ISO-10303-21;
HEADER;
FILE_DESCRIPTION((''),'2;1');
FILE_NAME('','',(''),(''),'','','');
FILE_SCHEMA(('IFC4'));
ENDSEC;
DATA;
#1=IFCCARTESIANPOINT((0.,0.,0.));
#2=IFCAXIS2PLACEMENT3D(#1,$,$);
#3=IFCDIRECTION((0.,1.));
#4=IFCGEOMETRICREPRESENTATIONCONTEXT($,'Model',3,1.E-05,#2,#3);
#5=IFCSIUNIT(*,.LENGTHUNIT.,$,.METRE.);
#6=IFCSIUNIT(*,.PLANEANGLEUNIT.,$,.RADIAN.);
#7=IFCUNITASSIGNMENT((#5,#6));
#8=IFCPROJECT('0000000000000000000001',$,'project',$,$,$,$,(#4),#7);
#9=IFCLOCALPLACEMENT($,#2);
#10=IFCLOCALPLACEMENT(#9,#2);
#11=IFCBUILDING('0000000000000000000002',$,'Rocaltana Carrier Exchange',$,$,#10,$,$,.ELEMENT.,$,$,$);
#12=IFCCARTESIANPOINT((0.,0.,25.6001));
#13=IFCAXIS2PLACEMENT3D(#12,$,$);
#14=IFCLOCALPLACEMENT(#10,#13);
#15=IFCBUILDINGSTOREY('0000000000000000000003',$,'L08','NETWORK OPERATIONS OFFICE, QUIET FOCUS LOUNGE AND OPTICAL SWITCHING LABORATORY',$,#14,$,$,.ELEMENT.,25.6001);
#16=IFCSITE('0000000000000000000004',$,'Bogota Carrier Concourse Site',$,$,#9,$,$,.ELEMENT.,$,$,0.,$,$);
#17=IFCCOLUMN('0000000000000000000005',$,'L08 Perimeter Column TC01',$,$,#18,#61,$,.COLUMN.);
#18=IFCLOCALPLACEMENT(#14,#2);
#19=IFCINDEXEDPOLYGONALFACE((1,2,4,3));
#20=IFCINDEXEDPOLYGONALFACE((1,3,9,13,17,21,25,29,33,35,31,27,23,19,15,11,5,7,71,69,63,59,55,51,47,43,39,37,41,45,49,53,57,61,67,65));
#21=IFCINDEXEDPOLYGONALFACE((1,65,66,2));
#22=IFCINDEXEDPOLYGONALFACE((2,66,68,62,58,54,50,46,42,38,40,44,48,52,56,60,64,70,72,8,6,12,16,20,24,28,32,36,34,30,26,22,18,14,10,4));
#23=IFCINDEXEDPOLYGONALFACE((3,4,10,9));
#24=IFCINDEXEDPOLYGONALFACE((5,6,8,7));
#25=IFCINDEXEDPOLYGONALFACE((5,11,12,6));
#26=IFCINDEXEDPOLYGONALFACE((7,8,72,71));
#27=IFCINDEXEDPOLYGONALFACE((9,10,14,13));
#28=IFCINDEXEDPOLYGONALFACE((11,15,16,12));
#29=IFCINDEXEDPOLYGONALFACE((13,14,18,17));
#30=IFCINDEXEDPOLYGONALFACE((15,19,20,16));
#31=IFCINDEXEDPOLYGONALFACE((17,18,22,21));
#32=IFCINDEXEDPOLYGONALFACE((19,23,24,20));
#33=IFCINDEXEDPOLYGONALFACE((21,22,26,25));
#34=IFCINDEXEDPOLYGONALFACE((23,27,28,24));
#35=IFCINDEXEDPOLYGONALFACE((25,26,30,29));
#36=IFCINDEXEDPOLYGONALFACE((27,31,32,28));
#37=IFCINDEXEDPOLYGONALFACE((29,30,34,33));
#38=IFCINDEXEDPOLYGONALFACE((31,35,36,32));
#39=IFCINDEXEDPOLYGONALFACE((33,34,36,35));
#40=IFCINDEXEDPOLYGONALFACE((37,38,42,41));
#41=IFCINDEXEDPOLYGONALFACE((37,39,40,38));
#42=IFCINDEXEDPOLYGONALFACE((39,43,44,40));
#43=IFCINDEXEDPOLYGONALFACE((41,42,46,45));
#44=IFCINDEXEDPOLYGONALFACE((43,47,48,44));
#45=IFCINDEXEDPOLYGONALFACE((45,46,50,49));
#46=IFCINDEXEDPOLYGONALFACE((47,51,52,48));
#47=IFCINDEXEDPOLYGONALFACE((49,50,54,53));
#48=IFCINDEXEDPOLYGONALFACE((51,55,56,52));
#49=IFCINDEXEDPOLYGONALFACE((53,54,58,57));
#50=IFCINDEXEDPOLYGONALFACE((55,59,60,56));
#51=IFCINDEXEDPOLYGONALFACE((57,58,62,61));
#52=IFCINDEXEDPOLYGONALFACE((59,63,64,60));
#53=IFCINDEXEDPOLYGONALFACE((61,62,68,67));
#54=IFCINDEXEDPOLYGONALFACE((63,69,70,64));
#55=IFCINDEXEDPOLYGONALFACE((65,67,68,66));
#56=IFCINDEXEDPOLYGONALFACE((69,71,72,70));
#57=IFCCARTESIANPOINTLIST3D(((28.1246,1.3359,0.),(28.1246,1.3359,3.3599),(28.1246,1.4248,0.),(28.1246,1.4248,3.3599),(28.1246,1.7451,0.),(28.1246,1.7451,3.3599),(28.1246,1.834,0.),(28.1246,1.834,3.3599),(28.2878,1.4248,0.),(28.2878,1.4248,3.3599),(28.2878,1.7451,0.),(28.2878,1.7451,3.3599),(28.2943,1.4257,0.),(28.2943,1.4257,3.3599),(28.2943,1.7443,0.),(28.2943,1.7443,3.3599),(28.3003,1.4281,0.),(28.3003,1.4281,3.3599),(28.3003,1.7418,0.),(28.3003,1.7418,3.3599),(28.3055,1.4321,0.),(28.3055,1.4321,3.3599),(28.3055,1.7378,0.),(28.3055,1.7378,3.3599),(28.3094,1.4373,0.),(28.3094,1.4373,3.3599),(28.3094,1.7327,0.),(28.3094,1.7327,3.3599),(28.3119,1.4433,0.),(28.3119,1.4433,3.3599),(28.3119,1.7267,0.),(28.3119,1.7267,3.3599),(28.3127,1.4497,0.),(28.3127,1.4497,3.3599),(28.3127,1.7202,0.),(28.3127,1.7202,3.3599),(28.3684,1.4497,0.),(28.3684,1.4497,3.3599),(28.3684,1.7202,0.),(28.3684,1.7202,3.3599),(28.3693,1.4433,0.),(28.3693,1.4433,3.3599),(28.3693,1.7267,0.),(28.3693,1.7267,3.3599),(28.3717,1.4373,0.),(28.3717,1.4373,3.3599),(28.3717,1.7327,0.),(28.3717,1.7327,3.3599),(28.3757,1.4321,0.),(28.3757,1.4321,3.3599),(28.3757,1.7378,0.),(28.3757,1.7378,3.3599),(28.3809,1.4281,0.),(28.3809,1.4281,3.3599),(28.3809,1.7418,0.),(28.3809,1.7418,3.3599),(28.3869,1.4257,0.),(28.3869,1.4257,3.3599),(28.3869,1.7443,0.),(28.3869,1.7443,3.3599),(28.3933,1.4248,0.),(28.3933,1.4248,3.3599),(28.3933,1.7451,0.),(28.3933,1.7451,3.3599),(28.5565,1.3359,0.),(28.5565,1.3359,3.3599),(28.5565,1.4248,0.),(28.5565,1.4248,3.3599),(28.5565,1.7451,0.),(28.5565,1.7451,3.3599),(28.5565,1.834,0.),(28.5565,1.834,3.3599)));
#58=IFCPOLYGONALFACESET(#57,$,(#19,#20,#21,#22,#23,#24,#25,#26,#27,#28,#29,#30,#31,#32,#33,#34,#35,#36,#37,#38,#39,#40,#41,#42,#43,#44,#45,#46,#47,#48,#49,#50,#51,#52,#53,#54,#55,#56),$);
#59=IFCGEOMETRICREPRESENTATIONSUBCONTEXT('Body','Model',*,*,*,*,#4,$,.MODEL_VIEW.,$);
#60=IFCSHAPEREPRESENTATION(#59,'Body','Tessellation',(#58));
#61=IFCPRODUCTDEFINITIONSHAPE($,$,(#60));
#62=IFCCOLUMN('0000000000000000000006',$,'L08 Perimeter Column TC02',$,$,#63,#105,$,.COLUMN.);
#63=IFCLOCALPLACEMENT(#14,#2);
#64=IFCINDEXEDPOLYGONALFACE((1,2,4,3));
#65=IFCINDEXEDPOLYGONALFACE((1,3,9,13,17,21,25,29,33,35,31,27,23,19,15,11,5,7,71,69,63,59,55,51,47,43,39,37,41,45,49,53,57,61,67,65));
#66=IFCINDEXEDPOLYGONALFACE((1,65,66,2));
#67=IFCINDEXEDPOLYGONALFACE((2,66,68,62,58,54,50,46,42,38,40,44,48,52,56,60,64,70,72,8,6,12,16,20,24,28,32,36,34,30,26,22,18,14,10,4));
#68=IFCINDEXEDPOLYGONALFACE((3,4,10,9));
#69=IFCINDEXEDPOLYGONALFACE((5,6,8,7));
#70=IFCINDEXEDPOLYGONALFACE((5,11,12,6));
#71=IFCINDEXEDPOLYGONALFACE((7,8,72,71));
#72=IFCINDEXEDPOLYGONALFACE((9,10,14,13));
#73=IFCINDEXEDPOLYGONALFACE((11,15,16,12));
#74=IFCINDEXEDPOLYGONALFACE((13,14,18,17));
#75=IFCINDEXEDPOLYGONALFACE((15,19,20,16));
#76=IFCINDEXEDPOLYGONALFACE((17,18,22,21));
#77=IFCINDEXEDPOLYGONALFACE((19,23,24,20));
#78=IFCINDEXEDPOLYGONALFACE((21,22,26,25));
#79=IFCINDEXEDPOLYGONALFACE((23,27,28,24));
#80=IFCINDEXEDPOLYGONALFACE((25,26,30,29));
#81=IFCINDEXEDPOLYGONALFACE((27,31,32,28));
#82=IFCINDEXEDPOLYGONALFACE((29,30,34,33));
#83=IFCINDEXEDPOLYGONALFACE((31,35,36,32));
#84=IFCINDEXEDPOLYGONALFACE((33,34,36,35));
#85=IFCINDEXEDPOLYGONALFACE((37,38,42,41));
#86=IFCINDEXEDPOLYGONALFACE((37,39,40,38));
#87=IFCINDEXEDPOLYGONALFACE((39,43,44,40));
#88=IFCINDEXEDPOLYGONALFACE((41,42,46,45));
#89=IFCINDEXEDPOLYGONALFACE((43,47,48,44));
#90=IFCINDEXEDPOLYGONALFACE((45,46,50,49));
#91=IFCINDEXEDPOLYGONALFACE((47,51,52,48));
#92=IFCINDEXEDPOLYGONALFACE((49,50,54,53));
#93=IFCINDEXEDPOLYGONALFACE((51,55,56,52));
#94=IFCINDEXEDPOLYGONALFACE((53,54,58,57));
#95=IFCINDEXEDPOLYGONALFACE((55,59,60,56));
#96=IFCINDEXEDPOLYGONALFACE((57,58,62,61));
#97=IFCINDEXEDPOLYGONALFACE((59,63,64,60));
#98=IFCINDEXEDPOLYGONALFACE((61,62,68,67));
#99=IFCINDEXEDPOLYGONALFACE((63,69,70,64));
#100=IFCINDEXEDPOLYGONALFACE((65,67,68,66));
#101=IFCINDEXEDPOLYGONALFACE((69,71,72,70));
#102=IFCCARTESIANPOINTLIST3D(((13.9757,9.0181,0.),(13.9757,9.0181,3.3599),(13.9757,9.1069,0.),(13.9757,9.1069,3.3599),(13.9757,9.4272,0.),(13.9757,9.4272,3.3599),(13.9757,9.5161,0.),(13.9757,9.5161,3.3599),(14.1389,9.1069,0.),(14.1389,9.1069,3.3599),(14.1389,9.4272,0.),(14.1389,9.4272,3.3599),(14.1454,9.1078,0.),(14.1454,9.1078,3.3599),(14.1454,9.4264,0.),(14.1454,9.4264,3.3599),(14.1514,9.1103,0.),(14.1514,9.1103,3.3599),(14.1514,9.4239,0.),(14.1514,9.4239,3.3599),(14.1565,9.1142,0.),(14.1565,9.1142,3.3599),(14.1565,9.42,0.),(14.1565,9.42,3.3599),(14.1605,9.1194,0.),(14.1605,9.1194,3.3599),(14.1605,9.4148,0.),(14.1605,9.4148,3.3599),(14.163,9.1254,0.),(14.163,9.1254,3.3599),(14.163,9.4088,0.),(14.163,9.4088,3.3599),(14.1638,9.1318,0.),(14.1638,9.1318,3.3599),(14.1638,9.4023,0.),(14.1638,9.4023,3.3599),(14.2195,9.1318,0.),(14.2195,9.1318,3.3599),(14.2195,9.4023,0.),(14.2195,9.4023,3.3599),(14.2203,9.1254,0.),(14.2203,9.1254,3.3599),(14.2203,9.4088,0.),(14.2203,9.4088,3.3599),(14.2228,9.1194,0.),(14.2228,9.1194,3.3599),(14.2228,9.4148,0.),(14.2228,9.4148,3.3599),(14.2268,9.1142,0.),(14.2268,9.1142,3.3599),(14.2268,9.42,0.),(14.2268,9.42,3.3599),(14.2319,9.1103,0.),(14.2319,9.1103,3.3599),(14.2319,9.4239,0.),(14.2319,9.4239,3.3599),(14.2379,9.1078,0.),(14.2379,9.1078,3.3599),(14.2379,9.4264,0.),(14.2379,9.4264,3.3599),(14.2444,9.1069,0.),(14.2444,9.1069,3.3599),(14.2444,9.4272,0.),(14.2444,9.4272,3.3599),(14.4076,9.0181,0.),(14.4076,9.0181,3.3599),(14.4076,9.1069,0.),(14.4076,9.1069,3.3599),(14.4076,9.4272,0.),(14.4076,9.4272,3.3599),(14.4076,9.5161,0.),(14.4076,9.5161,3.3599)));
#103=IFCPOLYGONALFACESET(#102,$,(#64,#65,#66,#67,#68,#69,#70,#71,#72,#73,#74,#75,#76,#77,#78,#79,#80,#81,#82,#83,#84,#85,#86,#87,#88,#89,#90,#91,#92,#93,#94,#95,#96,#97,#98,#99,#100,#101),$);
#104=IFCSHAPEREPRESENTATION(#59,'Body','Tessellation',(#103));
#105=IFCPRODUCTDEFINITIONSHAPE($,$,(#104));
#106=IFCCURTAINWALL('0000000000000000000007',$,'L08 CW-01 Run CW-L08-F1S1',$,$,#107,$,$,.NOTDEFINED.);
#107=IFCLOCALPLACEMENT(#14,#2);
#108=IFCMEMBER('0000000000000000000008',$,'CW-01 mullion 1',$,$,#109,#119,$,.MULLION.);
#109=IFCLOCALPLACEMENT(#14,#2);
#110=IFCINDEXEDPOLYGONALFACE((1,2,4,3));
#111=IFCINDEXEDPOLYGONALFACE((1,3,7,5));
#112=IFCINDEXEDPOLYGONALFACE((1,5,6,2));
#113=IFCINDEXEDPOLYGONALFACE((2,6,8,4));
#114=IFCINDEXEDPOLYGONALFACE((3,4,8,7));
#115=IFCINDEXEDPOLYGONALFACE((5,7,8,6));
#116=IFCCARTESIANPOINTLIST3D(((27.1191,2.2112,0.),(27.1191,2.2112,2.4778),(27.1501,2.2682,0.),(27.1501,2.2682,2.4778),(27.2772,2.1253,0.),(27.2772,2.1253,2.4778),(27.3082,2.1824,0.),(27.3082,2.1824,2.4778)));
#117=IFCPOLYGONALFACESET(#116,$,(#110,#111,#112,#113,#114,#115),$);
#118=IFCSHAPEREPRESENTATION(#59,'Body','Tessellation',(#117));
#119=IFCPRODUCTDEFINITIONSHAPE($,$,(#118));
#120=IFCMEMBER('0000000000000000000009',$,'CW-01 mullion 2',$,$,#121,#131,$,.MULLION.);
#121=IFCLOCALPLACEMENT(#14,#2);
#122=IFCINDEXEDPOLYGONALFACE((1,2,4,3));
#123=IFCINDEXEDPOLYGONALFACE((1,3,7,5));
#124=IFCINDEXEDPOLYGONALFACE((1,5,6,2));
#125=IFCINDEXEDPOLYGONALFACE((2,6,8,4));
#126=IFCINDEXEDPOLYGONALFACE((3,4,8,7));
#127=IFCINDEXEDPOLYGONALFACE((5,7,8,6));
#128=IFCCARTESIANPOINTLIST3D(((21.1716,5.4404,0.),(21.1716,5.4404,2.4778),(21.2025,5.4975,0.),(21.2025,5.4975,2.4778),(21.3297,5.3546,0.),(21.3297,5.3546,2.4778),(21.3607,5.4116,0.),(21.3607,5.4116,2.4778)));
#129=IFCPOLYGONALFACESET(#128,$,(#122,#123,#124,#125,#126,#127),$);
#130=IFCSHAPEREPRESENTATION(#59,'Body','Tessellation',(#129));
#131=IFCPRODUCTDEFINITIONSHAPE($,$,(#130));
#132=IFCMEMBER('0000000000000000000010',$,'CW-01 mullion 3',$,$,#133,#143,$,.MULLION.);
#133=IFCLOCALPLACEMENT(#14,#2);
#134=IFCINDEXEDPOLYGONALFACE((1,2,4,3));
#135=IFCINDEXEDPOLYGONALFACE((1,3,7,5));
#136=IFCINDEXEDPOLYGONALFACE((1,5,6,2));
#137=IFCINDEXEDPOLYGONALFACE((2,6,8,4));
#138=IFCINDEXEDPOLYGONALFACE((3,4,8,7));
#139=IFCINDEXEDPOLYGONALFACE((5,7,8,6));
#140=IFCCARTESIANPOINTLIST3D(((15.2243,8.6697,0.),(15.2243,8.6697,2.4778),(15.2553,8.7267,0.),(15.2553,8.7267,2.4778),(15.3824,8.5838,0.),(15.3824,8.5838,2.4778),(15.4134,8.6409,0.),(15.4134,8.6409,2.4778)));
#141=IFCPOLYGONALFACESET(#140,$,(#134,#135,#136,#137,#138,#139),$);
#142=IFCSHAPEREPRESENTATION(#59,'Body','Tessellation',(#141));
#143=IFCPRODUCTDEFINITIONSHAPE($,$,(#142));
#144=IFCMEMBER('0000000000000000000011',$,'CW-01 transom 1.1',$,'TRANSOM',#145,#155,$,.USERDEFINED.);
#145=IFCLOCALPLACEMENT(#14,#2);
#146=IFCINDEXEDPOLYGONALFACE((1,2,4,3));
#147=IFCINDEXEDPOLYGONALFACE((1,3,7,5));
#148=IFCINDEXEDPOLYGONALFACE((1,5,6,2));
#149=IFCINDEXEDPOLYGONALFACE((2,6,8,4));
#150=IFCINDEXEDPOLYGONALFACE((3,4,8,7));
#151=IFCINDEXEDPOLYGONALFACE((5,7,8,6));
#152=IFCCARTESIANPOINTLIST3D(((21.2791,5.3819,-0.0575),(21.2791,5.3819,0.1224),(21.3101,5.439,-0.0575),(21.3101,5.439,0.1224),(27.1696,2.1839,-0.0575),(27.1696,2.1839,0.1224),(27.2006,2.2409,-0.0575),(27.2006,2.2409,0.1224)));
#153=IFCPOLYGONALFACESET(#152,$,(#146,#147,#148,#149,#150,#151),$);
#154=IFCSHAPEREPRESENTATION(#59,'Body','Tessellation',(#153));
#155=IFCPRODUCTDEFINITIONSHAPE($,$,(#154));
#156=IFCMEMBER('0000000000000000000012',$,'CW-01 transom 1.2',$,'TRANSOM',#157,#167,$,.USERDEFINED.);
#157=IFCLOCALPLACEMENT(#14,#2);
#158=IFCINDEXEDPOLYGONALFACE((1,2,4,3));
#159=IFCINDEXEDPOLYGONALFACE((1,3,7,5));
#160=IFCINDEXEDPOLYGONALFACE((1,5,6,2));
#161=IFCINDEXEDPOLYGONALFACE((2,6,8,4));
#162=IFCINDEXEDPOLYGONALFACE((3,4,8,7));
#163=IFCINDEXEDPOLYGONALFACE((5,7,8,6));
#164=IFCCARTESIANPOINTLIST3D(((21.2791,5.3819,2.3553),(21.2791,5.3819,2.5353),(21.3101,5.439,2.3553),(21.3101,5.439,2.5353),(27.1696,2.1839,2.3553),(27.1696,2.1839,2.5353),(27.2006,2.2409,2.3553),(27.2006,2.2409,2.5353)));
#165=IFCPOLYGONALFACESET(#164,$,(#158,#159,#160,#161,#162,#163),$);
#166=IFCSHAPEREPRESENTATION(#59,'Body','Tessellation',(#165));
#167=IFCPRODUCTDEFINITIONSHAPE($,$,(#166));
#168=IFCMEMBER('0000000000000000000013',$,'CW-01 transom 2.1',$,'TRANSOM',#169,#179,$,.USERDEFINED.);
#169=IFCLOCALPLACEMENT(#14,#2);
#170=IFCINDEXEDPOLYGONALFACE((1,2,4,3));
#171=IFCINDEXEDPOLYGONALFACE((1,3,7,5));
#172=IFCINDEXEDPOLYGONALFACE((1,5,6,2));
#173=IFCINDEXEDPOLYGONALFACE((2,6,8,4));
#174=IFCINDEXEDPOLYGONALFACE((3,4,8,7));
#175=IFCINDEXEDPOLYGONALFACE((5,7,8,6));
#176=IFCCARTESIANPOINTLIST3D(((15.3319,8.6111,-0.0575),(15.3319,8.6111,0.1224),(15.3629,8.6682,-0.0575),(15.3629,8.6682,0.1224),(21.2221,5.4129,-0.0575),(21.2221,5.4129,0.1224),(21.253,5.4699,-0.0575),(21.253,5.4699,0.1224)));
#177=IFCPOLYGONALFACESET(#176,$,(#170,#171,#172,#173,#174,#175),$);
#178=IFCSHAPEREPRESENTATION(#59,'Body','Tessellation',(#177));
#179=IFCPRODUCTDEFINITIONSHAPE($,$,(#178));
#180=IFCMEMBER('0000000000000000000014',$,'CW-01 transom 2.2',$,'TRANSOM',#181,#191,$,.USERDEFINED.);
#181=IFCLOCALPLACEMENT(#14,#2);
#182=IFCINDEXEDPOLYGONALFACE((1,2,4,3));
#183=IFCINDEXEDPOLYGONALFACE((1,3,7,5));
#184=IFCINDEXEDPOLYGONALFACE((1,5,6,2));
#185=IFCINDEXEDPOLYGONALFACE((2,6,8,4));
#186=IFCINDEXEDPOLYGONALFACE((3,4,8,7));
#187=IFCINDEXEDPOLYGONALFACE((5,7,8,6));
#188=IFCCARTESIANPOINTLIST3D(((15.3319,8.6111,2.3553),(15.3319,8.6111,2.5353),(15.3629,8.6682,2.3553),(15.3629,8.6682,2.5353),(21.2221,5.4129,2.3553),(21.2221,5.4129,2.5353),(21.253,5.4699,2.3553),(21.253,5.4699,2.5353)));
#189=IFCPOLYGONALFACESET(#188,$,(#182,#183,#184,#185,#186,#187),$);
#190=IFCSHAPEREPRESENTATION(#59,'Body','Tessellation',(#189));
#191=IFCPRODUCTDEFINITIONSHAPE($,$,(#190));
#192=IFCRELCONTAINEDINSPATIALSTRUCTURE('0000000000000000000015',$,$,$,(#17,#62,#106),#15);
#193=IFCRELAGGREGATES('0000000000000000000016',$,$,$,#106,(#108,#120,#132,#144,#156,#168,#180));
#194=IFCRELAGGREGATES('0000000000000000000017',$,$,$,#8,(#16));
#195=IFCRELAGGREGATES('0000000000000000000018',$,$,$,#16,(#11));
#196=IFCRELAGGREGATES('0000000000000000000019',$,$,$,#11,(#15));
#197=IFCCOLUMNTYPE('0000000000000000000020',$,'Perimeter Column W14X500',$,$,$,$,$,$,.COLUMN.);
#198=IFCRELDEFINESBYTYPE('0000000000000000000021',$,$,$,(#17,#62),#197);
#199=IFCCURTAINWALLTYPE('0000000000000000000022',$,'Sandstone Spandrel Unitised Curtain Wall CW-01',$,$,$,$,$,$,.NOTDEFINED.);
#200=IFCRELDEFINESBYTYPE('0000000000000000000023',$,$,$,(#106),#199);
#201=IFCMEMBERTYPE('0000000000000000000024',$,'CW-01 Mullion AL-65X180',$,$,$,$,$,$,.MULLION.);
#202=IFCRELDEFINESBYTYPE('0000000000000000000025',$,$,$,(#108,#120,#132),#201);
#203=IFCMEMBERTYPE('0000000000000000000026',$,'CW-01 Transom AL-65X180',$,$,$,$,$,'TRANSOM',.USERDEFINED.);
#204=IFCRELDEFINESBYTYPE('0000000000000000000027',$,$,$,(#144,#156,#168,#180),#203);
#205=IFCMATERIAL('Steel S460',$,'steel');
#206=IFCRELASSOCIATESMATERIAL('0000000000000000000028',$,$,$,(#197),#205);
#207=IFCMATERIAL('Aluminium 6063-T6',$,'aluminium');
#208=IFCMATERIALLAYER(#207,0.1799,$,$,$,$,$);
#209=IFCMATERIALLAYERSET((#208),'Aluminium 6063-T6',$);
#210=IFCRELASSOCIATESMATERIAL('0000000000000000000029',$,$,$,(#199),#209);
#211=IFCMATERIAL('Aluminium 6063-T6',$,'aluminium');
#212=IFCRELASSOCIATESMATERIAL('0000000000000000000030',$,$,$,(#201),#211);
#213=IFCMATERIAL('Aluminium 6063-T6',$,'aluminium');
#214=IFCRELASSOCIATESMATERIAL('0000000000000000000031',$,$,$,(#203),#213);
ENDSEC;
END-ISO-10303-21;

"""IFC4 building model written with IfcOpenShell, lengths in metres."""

from ifc_helpers import new_model, si_unit, direction, frame, origin, origin_2d, place, context, subcontext, project, spatial, rectangle, i_section, extrude, material, layer, layer_set, material_profile, profile_set, type_object, element, aggregate, save


model = new_model("IFC4")

# Units and contexts
model_context = context("Model", 3, precision=1e-05, world=origin(), true_north=direction((0.0, 1.0)))
body_context = subcontext(model_context, "Body", "Model", "MODEL_VIEW")
ifc_project = project(units=[si_unit("LENGTHUNIT", "METRE"), si_unit("PLANEANGLEUNIT", "RADIAN")], contexts=[model_context])

# Site, building, storey
site_placement = place(None, origin())
site = spatial("IfcSite", under=ifc_project, at=site_placement, Name="Bogota Carrier Concourse Site", CompositionType="ELEMENT", RefElevation=0.0)
building_placement = place(site_placement, origin())
building = spatial("IfcBuilding", under=site, at=building_placement, Name="Rocaltana Carrier Exchange", CompositionType="ELEMENT")
storey_placement = place(building_placement, frame((0.0, 0.0, 25.6001)))
storey = spatial("IfcBuildingStorey", under=building, at=storey_placement, Name="L08", Description="NETWORK OPERATIONS OFFICE, QUIET FOCUS LOUNGE AND OPTICAL SWITCHING LABORATORY", CompositionType="ELEMENT", Elevation=25.6001)

# Columns
ifc_material_1 = material(Name="Steel S460", Category="steel")
ifc_material_profile_1 = material_profile(ifc_material_1, i_section(OverallWidth=0.4319, OverallDepth=0.498, WebThickness=0.0557, FlangeThickness=0.0889, FilletRadius=0.0249, at=origin_2d()), Name="W14X500")
ifc_profile_set_1 = profile_set([ifc_material_profile_1], Name="Steel S460")
column_type = type_object("IfcColumnType", Name="Perimeter Column W14X500", PredefinedType="COLUMN", material=ifc_profile_set_1)
for number, where, z_axis, x_axis, name in (
    (1, (28.3406, 1.585, 0.0), (0.0, 0.0, 1.0), (1.0, 0.0, 0.0), "L08 Perimeter Column TC01"),
    (2, (14.1917, 9.2671, 0.0), (0.0, 0.0, 1.0), (1.0, 0.0, 0.0), "L08 Perimeter Column TC02"),
):
    element("IfcColumn", number, at=place(storey_placement, frame(where, z_axis=z_axis, x_axis=x_axis)), inside=storey, type_object=column_type, Name=name, PredefinedType="COLUMN", context=body_context, shape_type="SweptSolid", body=[
        extrude(i_section(OverallWidth=0.4319, OverallDepth=0.498, WebThickness=0.0557, FlangeThickness=0.0889, FilletRadius=0.0249, at=origin_2d()), origin(), (0.0, 0.0, 1.0), 3.3599),
    ])

# Curtain wall, members
ifc_material_2 = material(Name="Aluminium 6063-T6", Category="aluminium")
ifc_layer_1 = layer(ifc_material_2, 0.1799)
ifc_layer_set_1 = layer_set([ifc_layer_1], Name="Aluminium 6063-T6")
curtain_wall_type = type_object("IfcCurtainWallType", Name="Sandstone Spandrel Unitised Curtain Wall CW-01", PredefinedType="NOTDEFINED", material=ifc_layer_set_1)
curtain_wall_placement = place(storey_placement, origin())
curtain_wall = element("IfcCurtainWall", 3, at=curtain_wall_placement, inside=storey, type_object=curtain_wall_type, Name="L08 CW-01 Run CW-L08-F1S1", PredefinedType="NOTDEFINED")
ifc_material_3 = material(Name="Aluminium 6063-T6", Category="aluminium")
ifc_material_profile_2 = material_profile(ifc_material_3, rectangle(XDim=0.0649, YDim=0.1799, at=origin_2d()), Name="AL-65X180")
ifc_profile_set_2 = profile_set([ifc_material_profile_2], Name="Aluminium 6063-T6")
member_type_1 = type_object("IfcMemberType", Name="CW-01 Mullion AL-65X180", PredefinedType="MULLION", material=ifc_profile_set_2)
member_1_placement = place(storey_placement, frame((27.2136, 2.1968, 0.0), z_axis=(0.0, 0.0, 1.0), x_axis=(-0.477161, -0.878816, 0.0)))
member_1 = element("IfcMember", 4, at=member_1_placement, type_object=member_type_1, Name="CW-01 mullion 1", PredefinedType="MULLION", context=body_context, shape_type="SweptSolid", body=[
    extrude(rectangle(XDim=0.0649, YDim=0.1799, at=origin_2d()), origin(), (0.0, 0.0, 1.0), 2.4778),
])
member_2_placement = place(storey_placement, frame((21.2661, 5.426, 0.0), z_axis=(0.0, 0.0, 1.0), x_axis=(-0.477161, -0.878816, 0.0)))
member_2 = element("IfcMember", 5, at=member_2_placement, type_object=member_type_1, Name="CW-01 mullion 2", PredefinedType="MULLION", context=body_context, shape_type="SweptSolid", body=[
    extrude(rectangle(XDim=0.0649, YDim=0.1799, at=origin_2d()), origin(), (0.0, 0.0, 1.0), 2.4778),
])
member_3_placement = place(storey_placement, frame((15.3188, 8.6553, 0.0), z_axis=(0.0, 0.0, 1.0), x_axis=(-0.477161, -0.878816, 0.0)))
member_3 = element("IfcMember", 6, at=member_3_placement, type_object=member_type_1, Name="CW-01 mullion 3", PredefinedType="MULLION", context=body_context, shape_type="SweptSolid", body=[
    extrude(rectangle(XDim=0.0649, YDim=0.1799, at=origin_2d()), origin(), (0.0, 0.0, 1.0), 2.4778),
])
ifc_material_4 = material(Name="Aluminium 6063-T6", Category="aluminium")
ifc_material_profile_3 = material_profile(ifc_material_4, rectangle(XDim=0.0649, YDim=0.1799, at=origin_2d()), Name="AL-65X180")
ifc_profile_set_3 = profile_set([ifc_material_profile_3], Name="Aluminium 6063-T6")
member_type_2 = type_object("IfcMemberType", Name="CW-01 Transom AL-65X180", ElementType="TRANSOM", PredefinedType="USERDEFINED", material=ifc_profile_set_3)
member_4_placement = place(storey_placement, frame((27.1851, 2.2124, 0.0325), z_axis=(-0.878831, 0.477134, 0.0), x_axis=(-0.477134, -0.878831, 0.0)))
member_4 = element("IfcMember", 7, at=member_4_placement, type_object=member_type_2, Name="CW-01 transom 1.1", ObjectType="TRANSOM", PredefinedType="USERDEFINED", context=body_context, shape_type="SweptSolid", body=[
    extrude(rectangle(XDim=0.0649, YDim=0.1799, at=origin_2d()), origin(), (0.0, 0.0, 1.0), 6.7026),
])
member_5_placement = place(storey_placement, frame((27.1851, 2.2124, 2.4453), z_axis=(-0.878831, 0.477134, 0.0), x_axis=(-0.477134, -0.878831, 0.0)))
member_5 = element("IfcMember", 8, at=member_5_placement, type_object=member_type_2, Name="CW-01 transom 1.2", ObjectType="TRANSOM", PredefinedType="USERDEFINED", context=body_context, shape_type="SweptSolid", body=[
    extrude(rectangle(XDim=0.0649, YDim=0.1799, at=origin_2d()), origin(), (0.0, 0.0, 1.0), 6.7026),
])
member_6_placement = place(storey_placement, frame((21.2375, 5.4414, 0.0325), z_axis=(-0.878807, 0.477177, 0.0), x_axis=(-0.477177, -0.878807, 0.0)))
member_6 = element("IfcMember", 9, at=member_6_placement, type_object=member_type_2, Name="CW-01 transom 2.1", ObjectType="TRANSOM", PredefinedType="USERDEFINED", context=body_context, shape_type="SweptSolid", body=[
    extrude(rectangle(XDim=0.0649, YDim=0.1799, at=origin_2d()), origin(), (0.0, 0.0, 1.0), 6.7024),
])
member_7_placement = place(storey_placement, frame((21.2375, 5.4414, 2.4453), z_axis=(-0.878807, 0.477177, 0.0), x_axis=(-0.477177, -0.878807, 0.0)))
member_7 = element("IfcMember", 10, at=member_7_placement, type_object=member_type_2, Name="CW-01 transom 2.2", ObjectType="TRANSOM", PredefinedType="USERDEFINED", context=body_context, shape_type="SweptSolid", body=[
    extrude(rectangle(XDim=0.0649, YDim=0.1799, at=origin_2d()), origin(), (0.0, 0.0, 1.0), 6.7024),
])

aggregate(curtain_wall, [member_1, member_2, member_3, member_4, member_5, member_6, member_7])

save(model, "model.ifc")
